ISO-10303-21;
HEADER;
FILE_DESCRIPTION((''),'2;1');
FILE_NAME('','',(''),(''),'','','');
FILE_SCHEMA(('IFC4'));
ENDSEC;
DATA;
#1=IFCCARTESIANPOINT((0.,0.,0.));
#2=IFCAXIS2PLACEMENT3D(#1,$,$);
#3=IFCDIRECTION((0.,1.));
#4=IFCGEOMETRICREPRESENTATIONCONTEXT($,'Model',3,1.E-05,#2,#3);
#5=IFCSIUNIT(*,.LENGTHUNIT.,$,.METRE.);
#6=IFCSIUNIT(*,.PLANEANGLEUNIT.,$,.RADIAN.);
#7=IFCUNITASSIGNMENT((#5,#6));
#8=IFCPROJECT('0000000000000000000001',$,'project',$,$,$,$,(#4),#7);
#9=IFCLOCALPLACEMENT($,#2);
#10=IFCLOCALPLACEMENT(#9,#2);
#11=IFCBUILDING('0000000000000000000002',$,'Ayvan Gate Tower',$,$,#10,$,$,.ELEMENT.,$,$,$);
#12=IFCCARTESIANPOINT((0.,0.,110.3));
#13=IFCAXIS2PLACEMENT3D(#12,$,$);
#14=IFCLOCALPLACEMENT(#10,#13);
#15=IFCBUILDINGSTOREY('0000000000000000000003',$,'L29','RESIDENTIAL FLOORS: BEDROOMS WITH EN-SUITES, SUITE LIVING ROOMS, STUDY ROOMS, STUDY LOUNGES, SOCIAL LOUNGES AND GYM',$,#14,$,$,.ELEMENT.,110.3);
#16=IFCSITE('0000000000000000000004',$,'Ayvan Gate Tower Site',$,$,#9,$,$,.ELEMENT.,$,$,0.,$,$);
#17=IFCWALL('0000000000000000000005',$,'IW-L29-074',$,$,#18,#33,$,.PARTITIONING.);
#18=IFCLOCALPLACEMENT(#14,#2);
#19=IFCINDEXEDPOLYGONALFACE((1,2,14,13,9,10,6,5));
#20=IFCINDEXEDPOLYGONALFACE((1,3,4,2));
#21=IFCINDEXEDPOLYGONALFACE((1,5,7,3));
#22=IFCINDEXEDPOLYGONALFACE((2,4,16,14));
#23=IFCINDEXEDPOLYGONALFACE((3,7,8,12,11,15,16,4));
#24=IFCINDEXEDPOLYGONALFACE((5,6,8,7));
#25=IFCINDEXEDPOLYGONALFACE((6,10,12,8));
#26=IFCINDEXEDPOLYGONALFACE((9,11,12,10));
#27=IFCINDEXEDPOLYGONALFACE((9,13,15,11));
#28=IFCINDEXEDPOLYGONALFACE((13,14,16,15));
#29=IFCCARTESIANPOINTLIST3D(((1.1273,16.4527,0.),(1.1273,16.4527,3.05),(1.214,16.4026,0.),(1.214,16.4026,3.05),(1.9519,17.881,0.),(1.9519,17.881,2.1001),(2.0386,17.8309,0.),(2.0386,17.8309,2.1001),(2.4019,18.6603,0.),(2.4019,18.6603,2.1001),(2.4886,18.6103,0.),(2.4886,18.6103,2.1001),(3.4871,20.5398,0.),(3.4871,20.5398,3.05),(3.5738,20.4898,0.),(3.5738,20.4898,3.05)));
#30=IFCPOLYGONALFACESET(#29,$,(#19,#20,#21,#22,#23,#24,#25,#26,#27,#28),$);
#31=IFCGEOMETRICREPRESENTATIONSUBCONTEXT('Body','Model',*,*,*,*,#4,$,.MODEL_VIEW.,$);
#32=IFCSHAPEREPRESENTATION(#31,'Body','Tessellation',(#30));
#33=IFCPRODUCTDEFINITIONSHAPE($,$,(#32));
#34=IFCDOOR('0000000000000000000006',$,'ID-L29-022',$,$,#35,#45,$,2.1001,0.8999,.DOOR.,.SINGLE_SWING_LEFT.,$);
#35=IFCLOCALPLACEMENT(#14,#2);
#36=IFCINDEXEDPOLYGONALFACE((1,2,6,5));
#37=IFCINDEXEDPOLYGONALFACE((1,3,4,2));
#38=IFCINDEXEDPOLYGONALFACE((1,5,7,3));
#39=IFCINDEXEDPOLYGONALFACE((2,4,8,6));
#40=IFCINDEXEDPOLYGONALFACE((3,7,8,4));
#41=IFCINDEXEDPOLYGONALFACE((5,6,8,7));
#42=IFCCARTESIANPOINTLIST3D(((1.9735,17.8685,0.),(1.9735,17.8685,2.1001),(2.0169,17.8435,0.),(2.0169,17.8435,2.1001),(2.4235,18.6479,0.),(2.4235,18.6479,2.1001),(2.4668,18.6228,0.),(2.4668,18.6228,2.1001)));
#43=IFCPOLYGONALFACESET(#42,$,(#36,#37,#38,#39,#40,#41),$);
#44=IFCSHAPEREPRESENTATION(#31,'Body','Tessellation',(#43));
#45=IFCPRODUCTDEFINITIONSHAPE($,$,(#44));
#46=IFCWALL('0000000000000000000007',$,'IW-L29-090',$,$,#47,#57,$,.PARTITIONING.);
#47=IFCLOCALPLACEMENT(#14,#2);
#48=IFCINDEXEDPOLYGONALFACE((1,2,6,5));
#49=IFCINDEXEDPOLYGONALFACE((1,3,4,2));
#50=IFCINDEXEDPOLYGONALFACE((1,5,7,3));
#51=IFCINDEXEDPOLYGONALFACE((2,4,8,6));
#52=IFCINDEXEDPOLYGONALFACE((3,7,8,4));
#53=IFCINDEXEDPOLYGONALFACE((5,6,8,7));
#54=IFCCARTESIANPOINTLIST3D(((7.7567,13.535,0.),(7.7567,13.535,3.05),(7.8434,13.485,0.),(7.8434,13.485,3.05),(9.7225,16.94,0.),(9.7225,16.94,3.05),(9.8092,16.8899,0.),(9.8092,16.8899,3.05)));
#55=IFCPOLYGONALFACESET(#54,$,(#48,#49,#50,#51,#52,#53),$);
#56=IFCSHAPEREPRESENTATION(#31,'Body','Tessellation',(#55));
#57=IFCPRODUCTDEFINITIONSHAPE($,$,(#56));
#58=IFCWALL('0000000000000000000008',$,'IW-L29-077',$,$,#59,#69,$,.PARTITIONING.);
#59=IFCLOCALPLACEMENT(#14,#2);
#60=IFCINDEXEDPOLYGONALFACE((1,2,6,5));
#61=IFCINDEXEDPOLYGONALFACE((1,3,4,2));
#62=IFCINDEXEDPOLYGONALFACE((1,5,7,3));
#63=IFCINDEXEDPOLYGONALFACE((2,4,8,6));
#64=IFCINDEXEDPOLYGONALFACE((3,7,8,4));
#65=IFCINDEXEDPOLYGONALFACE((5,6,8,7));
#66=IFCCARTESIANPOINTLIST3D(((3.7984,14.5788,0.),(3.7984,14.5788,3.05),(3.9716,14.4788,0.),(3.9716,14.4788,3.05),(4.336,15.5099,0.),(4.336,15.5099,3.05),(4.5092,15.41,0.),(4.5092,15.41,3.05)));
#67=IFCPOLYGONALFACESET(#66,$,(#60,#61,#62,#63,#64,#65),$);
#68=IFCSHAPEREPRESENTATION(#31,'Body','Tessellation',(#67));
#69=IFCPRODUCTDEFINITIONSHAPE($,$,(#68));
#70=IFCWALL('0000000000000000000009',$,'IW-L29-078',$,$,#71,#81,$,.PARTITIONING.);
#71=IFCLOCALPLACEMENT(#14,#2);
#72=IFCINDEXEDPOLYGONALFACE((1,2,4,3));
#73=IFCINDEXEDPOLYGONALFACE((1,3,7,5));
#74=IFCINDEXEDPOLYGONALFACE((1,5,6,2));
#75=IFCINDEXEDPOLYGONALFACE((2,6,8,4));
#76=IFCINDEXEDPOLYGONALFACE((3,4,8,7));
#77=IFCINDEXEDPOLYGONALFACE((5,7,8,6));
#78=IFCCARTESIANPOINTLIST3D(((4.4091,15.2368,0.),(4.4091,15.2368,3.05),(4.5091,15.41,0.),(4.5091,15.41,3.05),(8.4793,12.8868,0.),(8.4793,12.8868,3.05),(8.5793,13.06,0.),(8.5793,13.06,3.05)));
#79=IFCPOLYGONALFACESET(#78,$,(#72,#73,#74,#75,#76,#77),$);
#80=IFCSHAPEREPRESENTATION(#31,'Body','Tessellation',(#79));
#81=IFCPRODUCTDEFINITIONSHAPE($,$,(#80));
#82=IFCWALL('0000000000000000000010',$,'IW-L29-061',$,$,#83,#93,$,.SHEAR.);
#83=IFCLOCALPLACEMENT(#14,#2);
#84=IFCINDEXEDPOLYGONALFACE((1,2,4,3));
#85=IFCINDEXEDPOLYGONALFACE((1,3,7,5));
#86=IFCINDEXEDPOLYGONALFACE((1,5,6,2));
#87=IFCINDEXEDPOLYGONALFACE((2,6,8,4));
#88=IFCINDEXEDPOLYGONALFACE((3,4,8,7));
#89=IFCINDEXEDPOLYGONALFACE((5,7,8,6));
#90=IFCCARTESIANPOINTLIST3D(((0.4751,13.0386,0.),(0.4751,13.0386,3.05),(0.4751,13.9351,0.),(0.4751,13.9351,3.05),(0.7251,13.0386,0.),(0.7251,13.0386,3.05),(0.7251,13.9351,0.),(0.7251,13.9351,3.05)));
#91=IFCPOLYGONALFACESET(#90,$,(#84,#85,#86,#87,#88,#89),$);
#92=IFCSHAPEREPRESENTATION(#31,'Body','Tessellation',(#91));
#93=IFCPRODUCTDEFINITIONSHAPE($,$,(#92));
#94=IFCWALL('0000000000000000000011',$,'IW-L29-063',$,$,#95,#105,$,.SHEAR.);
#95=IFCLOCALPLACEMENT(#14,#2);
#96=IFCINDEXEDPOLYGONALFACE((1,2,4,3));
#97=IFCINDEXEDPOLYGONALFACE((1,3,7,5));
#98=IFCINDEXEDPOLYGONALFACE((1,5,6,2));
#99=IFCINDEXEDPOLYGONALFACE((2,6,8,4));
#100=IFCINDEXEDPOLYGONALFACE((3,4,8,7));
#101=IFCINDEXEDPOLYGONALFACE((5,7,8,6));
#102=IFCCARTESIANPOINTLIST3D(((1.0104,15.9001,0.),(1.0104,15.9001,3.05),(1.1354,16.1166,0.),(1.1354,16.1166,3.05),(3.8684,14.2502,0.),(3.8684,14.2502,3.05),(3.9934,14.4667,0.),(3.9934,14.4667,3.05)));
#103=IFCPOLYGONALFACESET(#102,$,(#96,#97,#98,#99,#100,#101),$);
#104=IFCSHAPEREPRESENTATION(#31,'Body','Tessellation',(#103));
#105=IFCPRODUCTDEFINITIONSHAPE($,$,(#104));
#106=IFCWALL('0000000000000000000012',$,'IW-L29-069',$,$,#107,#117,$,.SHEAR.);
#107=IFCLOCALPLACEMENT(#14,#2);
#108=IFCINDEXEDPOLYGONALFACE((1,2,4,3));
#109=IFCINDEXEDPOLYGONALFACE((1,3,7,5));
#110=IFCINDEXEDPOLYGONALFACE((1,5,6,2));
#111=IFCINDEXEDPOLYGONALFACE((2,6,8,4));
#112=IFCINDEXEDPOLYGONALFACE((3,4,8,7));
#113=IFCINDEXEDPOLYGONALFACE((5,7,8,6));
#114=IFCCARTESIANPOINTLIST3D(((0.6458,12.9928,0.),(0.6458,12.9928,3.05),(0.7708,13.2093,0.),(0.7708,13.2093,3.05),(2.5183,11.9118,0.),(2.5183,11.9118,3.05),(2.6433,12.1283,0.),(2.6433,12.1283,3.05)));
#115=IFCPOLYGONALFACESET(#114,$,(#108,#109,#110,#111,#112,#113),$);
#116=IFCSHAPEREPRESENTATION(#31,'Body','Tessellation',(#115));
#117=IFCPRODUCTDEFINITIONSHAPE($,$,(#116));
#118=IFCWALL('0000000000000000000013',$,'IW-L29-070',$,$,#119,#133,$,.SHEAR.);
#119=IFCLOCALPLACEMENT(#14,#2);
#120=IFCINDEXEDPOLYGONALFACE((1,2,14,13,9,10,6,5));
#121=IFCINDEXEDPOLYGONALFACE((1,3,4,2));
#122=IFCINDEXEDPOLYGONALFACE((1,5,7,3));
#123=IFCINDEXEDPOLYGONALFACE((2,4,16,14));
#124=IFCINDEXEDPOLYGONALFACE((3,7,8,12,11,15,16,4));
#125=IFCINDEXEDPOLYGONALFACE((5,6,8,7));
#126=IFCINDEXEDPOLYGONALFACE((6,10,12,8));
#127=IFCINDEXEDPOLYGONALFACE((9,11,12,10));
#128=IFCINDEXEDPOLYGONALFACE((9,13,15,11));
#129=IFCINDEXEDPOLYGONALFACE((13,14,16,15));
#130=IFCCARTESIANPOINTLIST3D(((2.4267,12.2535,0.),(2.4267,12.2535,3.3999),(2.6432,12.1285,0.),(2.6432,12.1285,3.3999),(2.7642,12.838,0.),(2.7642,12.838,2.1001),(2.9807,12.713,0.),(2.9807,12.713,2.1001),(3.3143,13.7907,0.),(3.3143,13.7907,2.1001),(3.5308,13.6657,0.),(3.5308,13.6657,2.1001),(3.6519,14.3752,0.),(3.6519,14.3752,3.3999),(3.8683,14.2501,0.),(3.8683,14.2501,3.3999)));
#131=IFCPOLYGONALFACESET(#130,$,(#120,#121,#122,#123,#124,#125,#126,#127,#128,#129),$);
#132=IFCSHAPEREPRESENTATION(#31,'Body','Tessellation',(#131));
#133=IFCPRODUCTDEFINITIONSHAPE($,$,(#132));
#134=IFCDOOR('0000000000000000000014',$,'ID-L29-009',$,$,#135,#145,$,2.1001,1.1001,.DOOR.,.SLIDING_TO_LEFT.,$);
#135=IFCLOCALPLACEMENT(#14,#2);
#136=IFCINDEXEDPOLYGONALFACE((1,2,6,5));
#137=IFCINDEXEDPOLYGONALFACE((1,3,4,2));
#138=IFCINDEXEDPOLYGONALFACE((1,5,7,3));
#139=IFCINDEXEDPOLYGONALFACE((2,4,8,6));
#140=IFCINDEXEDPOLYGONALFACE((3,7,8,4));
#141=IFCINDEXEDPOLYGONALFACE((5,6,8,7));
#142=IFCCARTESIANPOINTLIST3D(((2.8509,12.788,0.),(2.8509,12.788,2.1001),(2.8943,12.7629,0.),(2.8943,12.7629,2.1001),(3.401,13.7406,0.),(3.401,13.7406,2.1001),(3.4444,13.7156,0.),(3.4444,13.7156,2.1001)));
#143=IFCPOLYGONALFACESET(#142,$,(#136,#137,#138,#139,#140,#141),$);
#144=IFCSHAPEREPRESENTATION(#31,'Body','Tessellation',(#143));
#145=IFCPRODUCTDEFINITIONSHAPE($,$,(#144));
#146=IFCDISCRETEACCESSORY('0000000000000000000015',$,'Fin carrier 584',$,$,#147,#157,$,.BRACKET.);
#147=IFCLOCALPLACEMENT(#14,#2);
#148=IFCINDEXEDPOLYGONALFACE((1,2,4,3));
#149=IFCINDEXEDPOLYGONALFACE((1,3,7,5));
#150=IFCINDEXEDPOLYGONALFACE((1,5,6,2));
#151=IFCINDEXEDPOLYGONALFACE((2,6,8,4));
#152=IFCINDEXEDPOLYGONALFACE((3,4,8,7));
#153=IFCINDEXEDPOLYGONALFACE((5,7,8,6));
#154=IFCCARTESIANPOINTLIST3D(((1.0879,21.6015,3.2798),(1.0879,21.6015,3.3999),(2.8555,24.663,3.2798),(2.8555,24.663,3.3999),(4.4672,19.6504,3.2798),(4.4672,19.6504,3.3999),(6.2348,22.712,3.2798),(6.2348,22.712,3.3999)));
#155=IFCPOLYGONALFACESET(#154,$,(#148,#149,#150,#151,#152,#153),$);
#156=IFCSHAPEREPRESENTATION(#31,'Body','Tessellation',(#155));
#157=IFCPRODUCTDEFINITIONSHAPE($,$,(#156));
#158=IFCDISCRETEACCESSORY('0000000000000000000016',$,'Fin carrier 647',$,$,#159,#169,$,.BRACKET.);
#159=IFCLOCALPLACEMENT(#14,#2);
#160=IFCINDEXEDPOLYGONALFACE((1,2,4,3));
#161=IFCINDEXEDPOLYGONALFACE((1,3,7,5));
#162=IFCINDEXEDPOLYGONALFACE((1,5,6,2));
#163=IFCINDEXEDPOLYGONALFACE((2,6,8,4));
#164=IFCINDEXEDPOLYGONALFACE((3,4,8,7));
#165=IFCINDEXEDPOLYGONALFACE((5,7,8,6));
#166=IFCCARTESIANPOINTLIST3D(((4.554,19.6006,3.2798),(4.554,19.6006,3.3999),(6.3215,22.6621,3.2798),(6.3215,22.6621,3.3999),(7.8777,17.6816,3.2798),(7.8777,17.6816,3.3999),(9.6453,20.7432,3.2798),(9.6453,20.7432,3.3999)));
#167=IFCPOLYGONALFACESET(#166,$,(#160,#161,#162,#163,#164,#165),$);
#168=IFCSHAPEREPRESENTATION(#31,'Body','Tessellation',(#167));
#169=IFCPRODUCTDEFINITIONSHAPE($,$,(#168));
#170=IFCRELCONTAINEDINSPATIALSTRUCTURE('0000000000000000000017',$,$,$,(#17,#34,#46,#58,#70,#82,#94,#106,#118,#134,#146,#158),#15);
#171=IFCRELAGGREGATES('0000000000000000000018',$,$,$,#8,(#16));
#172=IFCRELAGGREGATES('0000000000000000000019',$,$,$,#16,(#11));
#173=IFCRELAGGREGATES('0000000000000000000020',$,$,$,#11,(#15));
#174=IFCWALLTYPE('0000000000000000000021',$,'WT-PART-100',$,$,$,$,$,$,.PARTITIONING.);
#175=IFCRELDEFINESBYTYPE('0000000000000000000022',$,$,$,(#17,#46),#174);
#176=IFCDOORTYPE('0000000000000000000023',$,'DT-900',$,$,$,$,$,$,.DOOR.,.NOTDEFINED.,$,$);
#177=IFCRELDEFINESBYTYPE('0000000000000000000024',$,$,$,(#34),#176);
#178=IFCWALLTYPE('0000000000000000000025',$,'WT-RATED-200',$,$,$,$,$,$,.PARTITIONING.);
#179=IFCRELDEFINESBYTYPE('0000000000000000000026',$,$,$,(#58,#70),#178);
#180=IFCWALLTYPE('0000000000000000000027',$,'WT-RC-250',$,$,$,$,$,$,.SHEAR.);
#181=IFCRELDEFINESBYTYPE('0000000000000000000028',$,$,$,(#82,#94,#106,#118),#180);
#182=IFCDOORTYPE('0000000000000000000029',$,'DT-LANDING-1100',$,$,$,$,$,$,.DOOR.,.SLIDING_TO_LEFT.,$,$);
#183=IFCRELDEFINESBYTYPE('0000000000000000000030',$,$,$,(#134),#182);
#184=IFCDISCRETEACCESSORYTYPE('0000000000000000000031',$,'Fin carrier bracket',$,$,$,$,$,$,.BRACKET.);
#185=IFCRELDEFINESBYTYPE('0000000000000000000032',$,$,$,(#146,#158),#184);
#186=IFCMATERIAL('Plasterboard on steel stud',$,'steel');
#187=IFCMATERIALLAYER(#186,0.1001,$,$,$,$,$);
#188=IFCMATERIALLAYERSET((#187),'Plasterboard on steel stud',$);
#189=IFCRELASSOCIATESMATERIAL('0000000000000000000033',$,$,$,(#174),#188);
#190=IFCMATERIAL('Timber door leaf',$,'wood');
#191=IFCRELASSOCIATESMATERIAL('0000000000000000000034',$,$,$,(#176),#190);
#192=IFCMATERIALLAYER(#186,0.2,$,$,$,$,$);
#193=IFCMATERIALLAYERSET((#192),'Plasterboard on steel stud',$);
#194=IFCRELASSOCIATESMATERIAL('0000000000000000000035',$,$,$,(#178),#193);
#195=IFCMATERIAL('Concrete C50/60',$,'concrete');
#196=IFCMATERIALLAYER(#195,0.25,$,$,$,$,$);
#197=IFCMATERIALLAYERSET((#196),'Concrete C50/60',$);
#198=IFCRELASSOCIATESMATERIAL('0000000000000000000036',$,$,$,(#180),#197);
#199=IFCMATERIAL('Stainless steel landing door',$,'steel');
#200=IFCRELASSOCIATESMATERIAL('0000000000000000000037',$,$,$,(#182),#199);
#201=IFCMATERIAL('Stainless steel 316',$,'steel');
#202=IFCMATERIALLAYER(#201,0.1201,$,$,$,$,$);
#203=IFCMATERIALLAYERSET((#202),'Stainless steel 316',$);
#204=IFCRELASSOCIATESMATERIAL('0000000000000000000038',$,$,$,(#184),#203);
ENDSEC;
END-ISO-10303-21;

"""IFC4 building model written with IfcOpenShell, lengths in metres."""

from ifc_helpers import new_model, si_unit, direction, frame, frame_2d, origin, origin_2d, place, context, subcontext, project, spatial, rectangle, extrude, material, layer, layer_set, type_object, element, fill, save


model = new_model("IFC4")

# Units and contexts
model_context = context("Model", 3, precision=1e-05, world=origin(), true_north=direction((0.0, 1.0)))
body_context = subcontext(model_context, "Body", "Model", "MODEL_VIEW")
ifc_project = project(units=[si_unit("LENGTHUNIT", "METRE"), si_unit("PLANEANGLEUNIT", "RADIAN")], contexts=[model_context])

# Site, building, storey
site_placement = place(None, origin())
site = spatial("IfcSite", under=ifc_project, at=site_placement, Name="Ayvan Gate Tower Site", CompositionType="ELEMENT", RefElevation=0.0)
building_placement = place(site_placement, origin())
building = spatial("IfcBuilding", under=site, at=building_placement, Name="Ayvan Gate Tower", CompositionType="ELEMENT")
storey_placement = place(building_placement, frame((0.0, 0.0, 110.3)))
storey = spatial("IfcBuildingStorey", under=building, at=storey_placement, Name="L29", Description="RESIDENTIAL FLOORS: BEDROOMS WITH EN-SUITES, SUITE LIVING ROOMS, STUDY ROOMS, STUDY LOUNGES, SOCIAL LOUNGES AND GYM", CompositionType="ELEMENT", Elevation=110.3)

# Shared definitions
ifc_material_1 = material(Name="Plasterboard on steel stud", Category="steel")

# Wall, opening, door
ifc_layer_1 = layer(ifc_material_1, 0.1001)
ifc_layer_set_1 = layer_set([ifc_layer_1], Name="Plasterboard on steel stud")
wall_type_1 = type_object("IfcWallType", Name="WT-PART-100", PredefinedType="PARTITIONING", material=ifc_layer_set_1)
wall_1_placement = place(storey_placement, frame((3.5305, 20.5149, 0.0), z_axis=(0.0, 0.0, 1.0), x_axis=(-0.500022, -0.866012, 0.0)))
wall_1 = element("IfcWall", 1, at=wall_1_placement, inside=storey, type_object=wall_type_1, Name="IW-L29-074", PredefinedType="PARTITIONING", context=body_context, shape_type="SweptSolid", body=[
    extrude(rectangle(XDim=4.7195, YDim=0.1001, at=frame_2d((2.3599, 0.0))), origin(), (0.0, 0.0, 1.0), 3.05),
])
opening_1_placement = place(wall_1_placement, frame((2.1704, 0.0, 0.0)))
opening_1 = element("IfcOpeningElement", 2, at=opening_1_placement, cuts=wall_1, PredefinedType="OPENING", context=body_context, shape_type="SweptSolid", body=[
    extrude(rectangle(XDim=0.8999, YDim=2.1001, at=frame_2d((0.45, 1.05))), frame((0.0, 0.0601, 0.0), z_axis=(0.0, -1.0, 0.0), x_axis=(1.0, 0.0, 0.0)), (0.0, 0.0, 1.0), 0.1201),
])
ifc_material_2 = material(Name="Timber door leaf", Category="wood")
door_type_1 = type_object("IfcDoorType", Name="DT-900", OperationType="NOTDEFINED", PredefinedType="DOOR", material=ifc_material_2)
door_1_placement = place(opening_1_placement, origin())
door_1 = element("IfcDoor", 3, at=door_1_placement, inside=storey, type_object=door_type_1, Name="ID-L29-022", OperationType="SINGLE_SWING_LEFT", OverallHeight=2.1001, OverallWidth=0.8999, PredefinedType="DOOR", context=body_context, shape_type="SweptSolid", body=[
    extrude(rectangle(XDim=0.8999, YDim=2.1001, at=frame_2d((0.45, 1.05))), frame((0.0, 0.0249, 0.0), z_axis=(0.0, -1.0, 0.0), x_axis=(1.0, 0.0, 0.0)), (0.0, 0.0, 1.0), 0.05),
])
fill(opening_1, door_1)

# Walls
wall_2_placement = place(storey_placement, frame((7.8, 13.51, 0.0), z_axis=(0.0, 0.0, 1.0), x_axis=(0.499986, 0.866034, 0.0)))
element("IfcWall", 4, at=wall_2_placement, inside=storey, type_object=wall_type_1, Name="IW-L29-090", PredefinedType="PARTITIONING", context=body_context, shape_type="SweptSolid", body=[
    extrude(rectangle(XDim=3.9316, YDim=0.1001, at=frame_2d((1.9658, 0.0))), origin(), (0.0, 0.0, 1.0), 3.05),
])
ifc_layer_2 = layer(ifc_material_1, 0.2)
ifc_layer_set_2 = layer_set([ifc_layer_2], Name="Plasterboard on steel stud")
wall_type_2 = type_object("IfcWallType", Name="WT-RATED-200", PredefinedType="PARTITIONING", material=ifc_layer_set_2)
wall_3_placement = place(storey_placement, frame((3.885, 14.5288, 0.0), z_axis=(0.0, 0.0, 1.0), x_axis=(0.499998, 0.866027, 0.0)))
element("IfcWall", 5, at=wall_3_placement, inside=storey, type_object=wall_type_2, Name="IW-L29-077", PredefinedType="PARTITIONING", context=body_context, shape_type="SweptSolid", body=[
    extrude(rectangle(XDim=1.0752, YDim=0.2, at=frame_2d((0.5376, 0.0))), origin(), (0.0, 0.0, 1.0), 3.05),
])
wall_4_placement = place(storey_placement, frame((4.459, 15.3235, 0.0), z_axis=(0.0, 0.0, 1.0), x_axis=(0.866016, -0.500016, 0.0)))
element("IfcWall", 6, at=wall_4_placement, inside=storey, type_object=wall_type_2, Name="IW-L29-078", PredefinedType="PARTITIONING", context=body_context, shape_type="SweptSolid", body=[
    extrude(rectangle(XDim=4.7, YDim=0.2, at=frame_2d((2.3501, 0.0))), origin(), (0.0, 0.0, 1.0), 3.05),
])
ifc_material_3 = material(Name="Concrete C50/60", Category="concrete")
ifc_layer_3 = layer(ifc_material_3, 0.25)
ifc_layer_set_3 = layer_set([ifc_layer_3], Name="Concrete C50/60")
wall_type_3 = type_object("IfcWallType", Name="WT-RC-250", PredefinedType="SHEAR", material=ifc_layer_set_3)
wall_5_placement = place(storey_placement, frame((0.6001, 13.0386, 0.0), z_axis=(0.0, 0.0, 1.0), x_axis=(0.0, 1.0, 0.0)))
element("IfcWall", 7, at=wall_5_placement, inside=storey, type_object=wall_type_3, Name="IW-L29-061", PredefinedType="SHEAR", context=body_context, shape_type="SweptSolid", body=[
    extrude(rectangle(XDim=0.8965, YDim=0.25, at=frame_2d((0.4482, 0.0))), origin(), (0.0, 0.0, 1.0), 3.05),
])
wall_6_placement = place(storey_placement, frame((1.073, 16.0083, 0.0), z_axis=(0.0, 0.0, 1.0), x_axis=(0.86604, -0.499974, 0.0)))
element("IfcWall", 8, at=wall_6_placement, inside=storey, type_object=wall_type_3, Name="IW-L29-063", PredefinedType="SHEAR", context=body_context, shape_type="SweptSolid", body=[
    extrude(rectangle(XDim=3.3, YDim=0.25, at=frame_2d((1.6499, 0.0))), origin(), (0.0, 0.0, 1.0), 3.05),
])
wall_7_placement = place(storey_placement, frame((2.5808, 12.02, 0.0), z_axis=(0.0, 0.0, 1.0), x_axis=(-0.866039, 0.499977, 0.0)))
element("IfcWall", 9, at=wall_7_placement, inside=storey, type_object=wall_type_3, Name="IW-L29-069", PredefinedType="SHEAR", context=body_context, shape_type="SweptSolid", body=[
    extrude(rectangle(XDim=2.1621, YDim=0.25, at=frame_2d((1.0811, 0.0))), origin(), (0.0, 0.0, 1.0), 3.05),
])

# Wall, opening, door
wall_8_placement = place(storey_placement, frame((2.5349, 12.1909, 0.0), z_axis=(0.0, 0.0, 1.0), x_axis=(0.500062, 0.86599, 0.0)))
wall_8 = element("IfcWall", 10, at=wall_8_placement, inside=storey, type_object=wall_type_3, Name="IW-L29-070", PredefinedType="SHEAR", context=body_context, shape_type="SweptSolid", body=[
    extrude(rectangle(XDim=2.45, YDim=0.25, at=frame_2d((1.2251, 0.0))), origin(), (0.0, 0.0, 1.0), 3.3999),
])
opening_2_placement = place(wall_8_placement, frame((0.675, 0.0, 0.0)))
opening_2 = element("IfcOpeningElement", 11, at=opening_2_placement, cuts=wall_8, PredefinedType="OPENING", context=body_context, shape_type="SweptSolid", body=[
    extrude(rectangle(XDim=1.1001, YDim=2.1001, at=frame_2d((0.55, 1.05))), frame((0.0, 0.135, 0.0), z_axis=(0.0, -1.0, 0.0), x_axis=(1.0, 0.0, 0.0)), (0.0, 0.0, 1.0), 0.27),
])
ifc_material_4 = material(Name="Stainless steel landing door", Category="steel")
door_type_2 = type_object("IfcDoorType", Name="DT-LANDING-1100", OperationType="SLIDING_TO_LEFT", PredefinedType="DOOR", material=ifc_material_4)
door_2_placement = place(opening_2_placement, origin())
door_2 = element("IfcDoor", 12, at=door_2_placement, inside=storey, type_object=door_type_2, Name="ID-L29-009", OperationType="SLIDING_TO_LEFT", OverallHeight=2.1001, OverallWidth=1.1001, PredefinedType="DOOR", context=body_context, shape_type="SweptSolid", body=[
    extrude(rectangle(XDim=1.1001, YDim=2.1001, at=frame_2d((0.55, 1.05))), frame((0.0, 0.0249, 0.0), z_axis=(0.0, -1.0, 0.0), x_axis=(1.0, 0.0, 0.0)), (0.0, 0.0, 1.0), 0.05),
])
fill(opening_2, door_2)

# Discrete accessories
ifc_material_5 = material(Name="Stainless steel 316", Category="steel")
ifc_layer_4 = layer(ifc_material_5, 0.1201)
ifc_layer_set_4 = layer_set([ifc_layer_4], Name="Stainless steel 316")
discrete_accessory_type = type_object("IfcDiscreteAccessoryType", Name="Fin carrier bracket", PredefinedType="BRACKET", material=ifc_layer_set_4)
discrete_accessory_1_placement = place(storey_placement, frame((3.6614, 22.1567, 3.2798), z_axis=(0.0, 0.0, 1.0), x_axis=(-0.866025, 0.5, 0.0)))
element("IfcDiscreteAccessory", 13, at=discrete_accessory_1_placement, inside=storey, type_object=discrete_accessory_type, Name="Fin carrier 584", PredefinedType="BRACKET", context=body_context, shape_type="SweptSolid", body=[
    extrude(rectangle(XDim=3.9021, YDim=3.5352, at=origin_2d()), origin(), (0.0, 0.0, 1.0), 0.1201),
])
discrete_accessory_2_placement = place(storey_placement, frame((7.0996, 20.1719, 3.2798), z_axis=(0.0, 0.0, 1.0), x_axis=(-0.866025, 0.5, 0.0)))
element("IfcDiscreteAccessory", 14, at=discrete_accessory_2_placement, inside=storey, type_object=discrete_accessory_type, Name="Fin carrier 647", PredefinedType="BRACKET", context=body_context, shape_type="SweptSolid", body=[
    extrude(rectangle(XDim=3.8379, YDim=3.5352, at=origin_2d()), origin(), (0.0, 0.0, 1.0), 0.1201),
])

save(model, "model.ifc")
